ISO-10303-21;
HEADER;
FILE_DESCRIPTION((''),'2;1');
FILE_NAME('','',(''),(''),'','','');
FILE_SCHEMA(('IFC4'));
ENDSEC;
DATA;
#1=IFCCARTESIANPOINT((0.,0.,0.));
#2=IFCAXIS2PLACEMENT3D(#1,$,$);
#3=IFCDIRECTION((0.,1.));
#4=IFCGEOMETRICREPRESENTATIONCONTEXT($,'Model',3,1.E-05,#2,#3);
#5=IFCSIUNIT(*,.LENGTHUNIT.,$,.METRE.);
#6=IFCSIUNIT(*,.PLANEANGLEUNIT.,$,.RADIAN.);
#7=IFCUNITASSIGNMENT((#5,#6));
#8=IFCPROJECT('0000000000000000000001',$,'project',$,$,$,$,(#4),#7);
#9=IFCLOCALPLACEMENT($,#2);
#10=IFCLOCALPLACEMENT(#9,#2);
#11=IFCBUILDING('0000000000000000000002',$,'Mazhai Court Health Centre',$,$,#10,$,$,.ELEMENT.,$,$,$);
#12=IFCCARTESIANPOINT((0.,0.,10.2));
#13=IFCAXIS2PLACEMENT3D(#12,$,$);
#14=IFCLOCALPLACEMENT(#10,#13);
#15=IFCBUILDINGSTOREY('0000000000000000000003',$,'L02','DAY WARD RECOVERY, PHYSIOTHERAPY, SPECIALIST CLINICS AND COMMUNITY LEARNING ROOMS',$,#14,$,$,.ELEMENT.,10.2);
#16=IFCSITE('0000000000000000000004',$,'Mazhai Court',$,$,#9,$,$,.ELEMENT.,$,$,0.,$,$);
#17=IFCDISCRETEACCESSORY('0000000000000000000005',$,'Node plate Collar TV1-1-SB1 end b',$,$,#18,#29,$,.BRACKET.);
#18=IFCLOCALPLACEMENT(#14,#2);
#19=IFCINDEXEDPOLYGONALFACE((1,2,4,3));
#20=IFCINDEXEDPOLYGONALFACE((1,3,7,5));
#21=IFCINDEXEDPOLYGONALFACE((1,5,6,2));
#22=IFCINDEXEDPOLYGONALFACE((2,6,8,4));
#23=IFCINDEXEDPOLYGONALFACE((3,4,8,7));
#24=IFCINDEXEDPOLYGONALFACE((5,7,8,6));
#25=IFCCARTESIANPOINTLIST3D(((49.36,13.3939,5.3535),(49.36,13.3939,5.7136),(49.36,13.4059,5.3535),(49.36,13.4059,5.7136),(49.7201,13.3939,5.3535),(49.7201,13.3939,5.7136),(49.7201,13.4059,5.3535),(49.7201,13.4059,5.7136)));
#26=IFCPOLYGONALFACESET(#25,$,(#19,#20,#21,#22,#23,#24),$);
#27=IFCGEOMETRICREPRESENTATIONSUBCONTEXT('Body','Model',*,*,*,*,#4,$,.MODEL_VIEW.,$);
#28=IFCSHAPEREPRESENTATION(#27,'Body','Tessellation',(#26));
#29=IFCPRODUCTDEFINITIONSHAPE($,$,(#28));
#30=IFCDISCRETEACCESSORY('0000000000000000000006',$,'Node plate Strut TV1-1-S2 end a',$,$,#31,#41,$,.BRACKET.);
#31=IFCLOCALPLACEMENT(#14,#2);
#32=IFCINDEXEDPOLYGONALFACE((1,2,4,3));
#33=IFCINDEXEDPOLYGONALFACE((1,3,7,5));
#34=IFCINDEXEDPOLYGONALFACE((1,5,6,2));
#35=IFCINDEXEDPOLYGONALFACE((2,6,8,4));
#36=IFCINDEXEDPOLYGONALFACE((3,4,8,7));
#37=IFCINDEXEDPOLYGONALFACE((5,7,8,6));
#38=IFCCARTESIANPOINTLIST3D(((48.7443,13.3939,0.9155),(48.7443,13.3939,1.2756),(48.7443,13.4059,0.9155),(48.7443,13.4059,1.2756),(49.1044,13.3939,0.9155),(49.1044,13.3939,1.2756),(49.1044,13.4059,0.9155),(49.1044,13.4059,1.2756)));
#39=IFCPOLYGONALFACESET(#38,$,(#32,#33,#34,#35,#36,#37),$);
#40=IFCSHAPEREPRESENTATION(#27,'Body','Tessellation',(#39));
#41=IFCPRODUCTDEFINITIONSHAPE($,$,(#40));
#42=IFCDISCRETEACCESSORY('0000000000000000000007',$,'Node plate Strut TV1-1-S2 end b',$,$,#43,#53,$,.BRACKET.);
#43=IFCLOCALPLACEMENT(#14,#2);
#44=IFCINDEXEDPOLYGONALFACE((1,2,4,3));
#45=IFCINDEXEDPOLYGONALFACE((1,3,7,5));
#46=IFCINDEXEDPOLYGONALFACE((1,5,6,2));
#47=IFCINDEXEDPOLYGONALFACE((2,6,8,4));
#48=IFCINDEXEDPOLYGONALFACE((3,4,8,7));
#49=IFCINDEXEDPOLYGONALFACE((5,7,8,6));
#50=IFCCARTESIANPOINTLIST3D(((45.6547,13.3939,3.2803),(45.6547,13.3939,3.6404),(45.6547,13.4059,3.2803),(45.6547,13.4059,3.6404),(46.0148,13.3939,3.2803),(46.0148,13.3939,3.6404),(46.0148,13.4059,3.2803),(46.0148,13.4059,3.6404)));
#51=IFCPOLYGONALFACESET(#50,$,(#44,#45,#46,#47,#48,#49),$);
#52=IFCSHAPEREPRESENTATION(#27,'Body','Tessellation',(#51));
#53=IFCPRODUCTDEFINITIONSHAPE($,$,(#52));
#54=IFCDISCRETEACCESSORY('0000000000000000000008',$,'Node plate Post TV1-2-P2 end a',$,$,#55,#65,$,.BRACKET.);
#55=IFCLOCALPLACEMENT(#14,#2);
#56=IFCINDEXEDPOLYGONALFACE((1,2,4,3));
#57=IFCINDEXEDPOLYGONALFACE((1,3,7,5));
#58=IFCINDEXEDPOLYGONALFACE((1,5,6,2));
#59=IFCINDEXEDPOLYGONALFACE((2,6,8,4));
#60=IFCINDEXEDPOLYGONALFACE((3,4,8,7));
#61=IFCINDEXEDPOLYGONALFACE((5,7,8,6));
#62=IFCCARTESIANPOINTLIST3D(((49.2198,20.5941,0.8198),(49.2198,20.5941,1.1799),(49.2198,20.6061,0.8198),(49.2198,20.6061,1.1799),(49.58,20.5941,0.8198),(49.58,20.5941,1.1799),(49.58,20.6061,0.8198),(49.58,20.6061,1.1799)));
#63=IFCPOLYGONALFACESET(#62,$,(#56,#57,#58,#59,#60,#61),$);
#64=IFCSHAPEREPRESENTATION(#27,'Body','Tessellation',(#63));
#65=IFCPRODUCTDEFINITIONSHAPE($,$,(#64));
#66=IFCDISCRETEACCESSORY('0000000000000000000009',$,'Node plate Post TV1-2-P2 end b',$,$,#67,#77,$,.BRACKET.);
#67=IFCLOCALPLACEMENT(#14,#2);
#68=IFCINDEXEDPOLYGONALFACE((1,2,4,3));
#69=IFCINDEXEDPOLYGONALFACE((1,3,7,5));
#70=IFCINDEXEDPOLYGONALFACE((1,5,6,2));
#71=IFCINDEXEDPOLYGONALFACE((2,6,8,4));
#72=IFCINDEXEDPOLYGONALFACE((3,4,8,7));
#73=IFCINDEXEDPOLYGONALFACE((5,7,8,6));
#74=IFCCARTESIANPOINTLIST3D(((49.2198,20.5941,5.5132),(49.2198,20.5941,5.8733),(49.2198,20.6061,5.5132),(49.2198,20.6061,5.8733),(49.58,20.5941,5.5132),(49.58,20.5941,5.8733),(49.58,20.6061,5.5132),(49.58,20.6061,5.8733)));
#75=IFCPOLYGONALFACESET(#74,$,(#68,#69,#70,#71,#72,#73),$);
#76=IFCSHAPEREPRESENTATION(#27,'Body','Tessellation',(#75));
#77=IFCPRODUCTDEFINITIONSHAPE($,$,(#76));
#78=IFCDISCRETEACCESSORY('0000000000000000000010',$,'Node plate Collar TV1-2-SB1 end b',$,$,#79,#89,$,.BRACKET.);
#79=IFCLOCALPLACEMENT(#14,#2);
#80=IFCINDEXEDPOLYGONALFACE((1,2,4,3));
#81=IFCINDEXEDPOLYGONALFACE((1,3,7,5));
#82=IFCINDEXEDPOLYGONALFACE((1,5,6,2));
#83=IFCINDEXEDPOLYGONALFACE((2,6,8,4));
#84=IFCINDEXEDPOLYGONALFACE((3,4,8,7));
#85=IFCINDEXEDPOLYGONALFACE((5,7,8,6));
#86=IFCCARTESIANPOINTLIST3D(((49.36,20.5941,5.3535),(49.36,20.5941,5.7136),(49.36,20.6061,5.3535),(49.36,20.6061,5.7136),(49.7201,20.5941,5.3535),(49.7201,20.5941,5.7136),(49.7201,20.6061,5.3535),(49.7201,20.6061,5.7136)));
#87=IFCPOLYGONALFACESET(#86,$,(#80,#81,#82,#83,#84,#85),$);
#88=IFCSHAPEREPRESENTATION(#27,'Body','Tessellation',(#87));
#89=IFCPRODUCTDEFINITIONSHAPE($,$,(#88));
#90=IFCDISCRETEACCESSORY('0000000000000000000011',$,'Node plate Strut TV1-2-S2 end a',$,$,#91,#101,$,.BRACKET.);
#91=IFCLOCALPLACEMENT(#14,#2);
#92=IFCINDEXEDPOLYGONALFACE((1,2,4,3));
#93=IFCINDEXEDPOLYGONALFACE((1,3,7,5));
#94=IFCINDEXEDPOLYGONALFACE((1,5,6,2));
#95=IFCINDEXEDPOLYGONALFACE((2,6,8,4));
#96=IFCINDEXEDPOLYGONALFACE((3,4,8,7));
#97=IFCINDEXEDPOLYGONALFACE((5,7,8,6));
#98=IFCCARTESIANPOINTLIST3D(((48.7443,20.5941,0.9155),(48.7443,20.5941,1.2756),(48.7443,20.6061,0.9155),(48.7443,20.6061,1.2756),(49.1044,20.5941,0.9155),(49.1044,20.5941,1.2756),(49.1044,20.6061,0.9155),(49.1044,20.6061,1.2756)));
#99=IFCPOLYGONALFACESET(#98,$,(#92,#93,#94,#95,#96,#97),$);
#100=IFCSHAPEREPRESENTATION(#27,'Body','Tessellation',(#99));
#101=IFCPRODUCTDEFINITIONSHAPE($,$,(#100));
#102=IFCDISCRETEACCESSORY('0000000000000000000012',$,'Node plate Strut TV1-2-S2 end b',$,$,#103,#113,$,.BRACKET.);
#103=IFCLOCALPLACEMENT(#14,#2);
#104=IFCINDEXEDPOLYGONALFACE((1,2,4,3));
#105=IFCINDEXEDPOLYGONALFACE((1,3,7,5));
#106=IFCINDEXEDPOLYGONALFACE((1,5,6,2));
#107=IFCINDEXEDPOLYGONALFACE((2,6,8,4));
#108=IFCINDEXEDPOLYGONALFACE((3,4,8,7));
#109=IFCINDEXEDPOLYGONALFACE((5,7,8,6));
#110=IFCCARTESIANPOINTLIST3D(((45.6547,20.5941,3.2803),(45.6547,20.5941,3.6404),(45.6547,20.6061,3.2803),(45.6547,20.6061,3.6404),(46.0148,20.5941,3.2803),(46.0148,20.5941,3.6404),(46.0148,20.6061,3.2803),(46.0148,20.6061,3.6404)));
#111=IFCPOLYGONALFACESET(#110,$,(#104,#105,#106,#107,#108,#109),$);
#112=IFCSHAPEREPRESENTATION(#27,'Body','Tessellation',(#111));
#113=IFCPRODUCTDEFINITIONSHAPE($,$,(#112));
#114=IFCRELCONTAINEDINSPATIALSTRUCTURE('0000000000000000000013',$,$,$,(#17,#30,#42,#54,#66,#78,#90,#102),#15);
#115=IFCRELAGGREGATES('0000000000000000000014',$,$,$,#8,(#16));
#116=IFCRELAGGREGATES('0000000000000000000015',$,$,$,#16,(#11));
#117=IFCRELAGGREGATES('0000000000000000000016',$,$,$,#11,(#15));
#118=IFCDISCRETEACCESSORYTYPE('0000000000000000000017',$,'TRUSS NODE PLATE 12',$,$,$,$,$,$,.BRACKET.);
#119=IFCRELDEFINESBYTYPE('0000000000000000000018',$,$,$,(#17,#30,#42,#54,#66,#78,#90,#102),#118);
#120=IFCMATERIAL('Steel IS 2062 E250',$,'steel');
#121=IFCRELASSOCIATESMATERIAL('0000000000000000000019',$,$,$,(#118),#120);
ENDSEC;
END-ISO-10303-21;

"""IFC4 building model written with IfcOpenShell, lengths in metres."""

from ifc_helpers import new_model, si_unit, direction, frame, origin, origin_2d, place, context, subcontext, project, spatial, rectangle, extrude, material, type_object, element, save


model = new_model("IFC4")

# Units and contexts
model_context = context("Model", 3, precision=1e-05, world=origin(), true_north=direction((0.0, 1.0)))
body_context = subcontext(model_context, "Body", "Model", "MODEL_VIEW")
ifc_project = project(units=[si_unit("LENGTHUNIT", "METRE"), si_unit("PLANEANGLEUNIT", "RADIAN")], contexts=[model_context])

# Site, building, storey
site_placement = place(None, origin())
site = spatial("IfcSite", under=ifc_project, at=site_placement, Name="Mazhai Court", CompositionType="ELEMENT", RefElevation=0.0)
building_placement = place(site_placement, origin())
building = spatial("IfcBuilding", under=site, at=building_placement, Name="Mazhai Court Health Centre", CompositionType="ELEMENT")
storey_placement = place(building_placement, frame((0.0, 0.0, 10.2)))
storey = spatial("IfcBuildingStorey", under=building, at=storey_placement, Name="L02", Description="DAY WARD RECOVERY, PHYSIOTHERAPY, SPECIALIST CLINICS AND COMMUNITY LEARNING ROOMS", CompositionType="ELEMENT", Elevation=10.2)

# Discrete accessories
ifc_material_1 = material(Name="Steel IS 2062 E250", Category="steel")
discrete_accessory_type = type_object("IfcDiscreteAccessoryType", Name="TRUSS NODE PLATE 12", PredefinedType="BRACKET", material=ifc_material_1)
for number, where, z_axis, x_axis, name in (
    (1, (49.54, 13.3999, 5.3535), (0.0, 0.0, 1.0), (1.0, 0.0, 0.0), "Node plate Collar TV1-1-SB1 end b"),
    (2, (48.9243, 13.3999, 0.9155), (0.0, 0.0, 1.0), (1.0, 0.0, 0.0), "Node plate Strut TV1-1-S2 end a"),
    (3, (45.8347, 13.3999, 3.2803), (0.0, 0.0, 1.0), (1.0, 0.0, 0.0), "Node plate Strut TV1-1-S2 end b"),
    (4, (49.3999, 20.6001, 0.8198), (0.0, 0.0, 1.0), (1.0, 0.0, 0.0), "Node plate Post TV1-2-P2 end a"),
    (5, (49.3999, 20.6001, 5.5132), (0.0, 0.0, 1.0), (1.0, 0.0, 0.0), "Node plate Post TV1-2-P2 end b"),
    (6, (49.54, 20.6001, 5.3535), (0.0, 0.0, 1.0), (1.0, 0.0, 0.0), "Node plate Collar TV1-2-SB1 end b"),
    (7, (48.9243, 20.6001, 0.9155), (0.0, 0.0, 1.0), (1.0, 0.0, 0.0), "Node plate Strut TV1-2-S2 end a"),
    (8, (45.8347, 20.6001, 3.2803), (0.0, 0.0, 1.0), (1.0, 0.0, 0.0), "Node plate Strut TV1-2-S2 end b"),
):
    element("IfcDiscreteAccessory", number, at=place(storey_placement, frame(where, z_axis=z_axis, x_axis=x_axis)), inside=storey, type_object=discrete_accessory_type, Name=name, PredefinedType="BRACKET", context=body_context, shape_type="SweptSolid", body=[
        extrude(rectangle(XDim=0.3601, YDim=0.012, at=origin_2d()), origin(), (0.0, 0.0, 1.0), 0.3601),
    ])

save(model, "model.ifc")
